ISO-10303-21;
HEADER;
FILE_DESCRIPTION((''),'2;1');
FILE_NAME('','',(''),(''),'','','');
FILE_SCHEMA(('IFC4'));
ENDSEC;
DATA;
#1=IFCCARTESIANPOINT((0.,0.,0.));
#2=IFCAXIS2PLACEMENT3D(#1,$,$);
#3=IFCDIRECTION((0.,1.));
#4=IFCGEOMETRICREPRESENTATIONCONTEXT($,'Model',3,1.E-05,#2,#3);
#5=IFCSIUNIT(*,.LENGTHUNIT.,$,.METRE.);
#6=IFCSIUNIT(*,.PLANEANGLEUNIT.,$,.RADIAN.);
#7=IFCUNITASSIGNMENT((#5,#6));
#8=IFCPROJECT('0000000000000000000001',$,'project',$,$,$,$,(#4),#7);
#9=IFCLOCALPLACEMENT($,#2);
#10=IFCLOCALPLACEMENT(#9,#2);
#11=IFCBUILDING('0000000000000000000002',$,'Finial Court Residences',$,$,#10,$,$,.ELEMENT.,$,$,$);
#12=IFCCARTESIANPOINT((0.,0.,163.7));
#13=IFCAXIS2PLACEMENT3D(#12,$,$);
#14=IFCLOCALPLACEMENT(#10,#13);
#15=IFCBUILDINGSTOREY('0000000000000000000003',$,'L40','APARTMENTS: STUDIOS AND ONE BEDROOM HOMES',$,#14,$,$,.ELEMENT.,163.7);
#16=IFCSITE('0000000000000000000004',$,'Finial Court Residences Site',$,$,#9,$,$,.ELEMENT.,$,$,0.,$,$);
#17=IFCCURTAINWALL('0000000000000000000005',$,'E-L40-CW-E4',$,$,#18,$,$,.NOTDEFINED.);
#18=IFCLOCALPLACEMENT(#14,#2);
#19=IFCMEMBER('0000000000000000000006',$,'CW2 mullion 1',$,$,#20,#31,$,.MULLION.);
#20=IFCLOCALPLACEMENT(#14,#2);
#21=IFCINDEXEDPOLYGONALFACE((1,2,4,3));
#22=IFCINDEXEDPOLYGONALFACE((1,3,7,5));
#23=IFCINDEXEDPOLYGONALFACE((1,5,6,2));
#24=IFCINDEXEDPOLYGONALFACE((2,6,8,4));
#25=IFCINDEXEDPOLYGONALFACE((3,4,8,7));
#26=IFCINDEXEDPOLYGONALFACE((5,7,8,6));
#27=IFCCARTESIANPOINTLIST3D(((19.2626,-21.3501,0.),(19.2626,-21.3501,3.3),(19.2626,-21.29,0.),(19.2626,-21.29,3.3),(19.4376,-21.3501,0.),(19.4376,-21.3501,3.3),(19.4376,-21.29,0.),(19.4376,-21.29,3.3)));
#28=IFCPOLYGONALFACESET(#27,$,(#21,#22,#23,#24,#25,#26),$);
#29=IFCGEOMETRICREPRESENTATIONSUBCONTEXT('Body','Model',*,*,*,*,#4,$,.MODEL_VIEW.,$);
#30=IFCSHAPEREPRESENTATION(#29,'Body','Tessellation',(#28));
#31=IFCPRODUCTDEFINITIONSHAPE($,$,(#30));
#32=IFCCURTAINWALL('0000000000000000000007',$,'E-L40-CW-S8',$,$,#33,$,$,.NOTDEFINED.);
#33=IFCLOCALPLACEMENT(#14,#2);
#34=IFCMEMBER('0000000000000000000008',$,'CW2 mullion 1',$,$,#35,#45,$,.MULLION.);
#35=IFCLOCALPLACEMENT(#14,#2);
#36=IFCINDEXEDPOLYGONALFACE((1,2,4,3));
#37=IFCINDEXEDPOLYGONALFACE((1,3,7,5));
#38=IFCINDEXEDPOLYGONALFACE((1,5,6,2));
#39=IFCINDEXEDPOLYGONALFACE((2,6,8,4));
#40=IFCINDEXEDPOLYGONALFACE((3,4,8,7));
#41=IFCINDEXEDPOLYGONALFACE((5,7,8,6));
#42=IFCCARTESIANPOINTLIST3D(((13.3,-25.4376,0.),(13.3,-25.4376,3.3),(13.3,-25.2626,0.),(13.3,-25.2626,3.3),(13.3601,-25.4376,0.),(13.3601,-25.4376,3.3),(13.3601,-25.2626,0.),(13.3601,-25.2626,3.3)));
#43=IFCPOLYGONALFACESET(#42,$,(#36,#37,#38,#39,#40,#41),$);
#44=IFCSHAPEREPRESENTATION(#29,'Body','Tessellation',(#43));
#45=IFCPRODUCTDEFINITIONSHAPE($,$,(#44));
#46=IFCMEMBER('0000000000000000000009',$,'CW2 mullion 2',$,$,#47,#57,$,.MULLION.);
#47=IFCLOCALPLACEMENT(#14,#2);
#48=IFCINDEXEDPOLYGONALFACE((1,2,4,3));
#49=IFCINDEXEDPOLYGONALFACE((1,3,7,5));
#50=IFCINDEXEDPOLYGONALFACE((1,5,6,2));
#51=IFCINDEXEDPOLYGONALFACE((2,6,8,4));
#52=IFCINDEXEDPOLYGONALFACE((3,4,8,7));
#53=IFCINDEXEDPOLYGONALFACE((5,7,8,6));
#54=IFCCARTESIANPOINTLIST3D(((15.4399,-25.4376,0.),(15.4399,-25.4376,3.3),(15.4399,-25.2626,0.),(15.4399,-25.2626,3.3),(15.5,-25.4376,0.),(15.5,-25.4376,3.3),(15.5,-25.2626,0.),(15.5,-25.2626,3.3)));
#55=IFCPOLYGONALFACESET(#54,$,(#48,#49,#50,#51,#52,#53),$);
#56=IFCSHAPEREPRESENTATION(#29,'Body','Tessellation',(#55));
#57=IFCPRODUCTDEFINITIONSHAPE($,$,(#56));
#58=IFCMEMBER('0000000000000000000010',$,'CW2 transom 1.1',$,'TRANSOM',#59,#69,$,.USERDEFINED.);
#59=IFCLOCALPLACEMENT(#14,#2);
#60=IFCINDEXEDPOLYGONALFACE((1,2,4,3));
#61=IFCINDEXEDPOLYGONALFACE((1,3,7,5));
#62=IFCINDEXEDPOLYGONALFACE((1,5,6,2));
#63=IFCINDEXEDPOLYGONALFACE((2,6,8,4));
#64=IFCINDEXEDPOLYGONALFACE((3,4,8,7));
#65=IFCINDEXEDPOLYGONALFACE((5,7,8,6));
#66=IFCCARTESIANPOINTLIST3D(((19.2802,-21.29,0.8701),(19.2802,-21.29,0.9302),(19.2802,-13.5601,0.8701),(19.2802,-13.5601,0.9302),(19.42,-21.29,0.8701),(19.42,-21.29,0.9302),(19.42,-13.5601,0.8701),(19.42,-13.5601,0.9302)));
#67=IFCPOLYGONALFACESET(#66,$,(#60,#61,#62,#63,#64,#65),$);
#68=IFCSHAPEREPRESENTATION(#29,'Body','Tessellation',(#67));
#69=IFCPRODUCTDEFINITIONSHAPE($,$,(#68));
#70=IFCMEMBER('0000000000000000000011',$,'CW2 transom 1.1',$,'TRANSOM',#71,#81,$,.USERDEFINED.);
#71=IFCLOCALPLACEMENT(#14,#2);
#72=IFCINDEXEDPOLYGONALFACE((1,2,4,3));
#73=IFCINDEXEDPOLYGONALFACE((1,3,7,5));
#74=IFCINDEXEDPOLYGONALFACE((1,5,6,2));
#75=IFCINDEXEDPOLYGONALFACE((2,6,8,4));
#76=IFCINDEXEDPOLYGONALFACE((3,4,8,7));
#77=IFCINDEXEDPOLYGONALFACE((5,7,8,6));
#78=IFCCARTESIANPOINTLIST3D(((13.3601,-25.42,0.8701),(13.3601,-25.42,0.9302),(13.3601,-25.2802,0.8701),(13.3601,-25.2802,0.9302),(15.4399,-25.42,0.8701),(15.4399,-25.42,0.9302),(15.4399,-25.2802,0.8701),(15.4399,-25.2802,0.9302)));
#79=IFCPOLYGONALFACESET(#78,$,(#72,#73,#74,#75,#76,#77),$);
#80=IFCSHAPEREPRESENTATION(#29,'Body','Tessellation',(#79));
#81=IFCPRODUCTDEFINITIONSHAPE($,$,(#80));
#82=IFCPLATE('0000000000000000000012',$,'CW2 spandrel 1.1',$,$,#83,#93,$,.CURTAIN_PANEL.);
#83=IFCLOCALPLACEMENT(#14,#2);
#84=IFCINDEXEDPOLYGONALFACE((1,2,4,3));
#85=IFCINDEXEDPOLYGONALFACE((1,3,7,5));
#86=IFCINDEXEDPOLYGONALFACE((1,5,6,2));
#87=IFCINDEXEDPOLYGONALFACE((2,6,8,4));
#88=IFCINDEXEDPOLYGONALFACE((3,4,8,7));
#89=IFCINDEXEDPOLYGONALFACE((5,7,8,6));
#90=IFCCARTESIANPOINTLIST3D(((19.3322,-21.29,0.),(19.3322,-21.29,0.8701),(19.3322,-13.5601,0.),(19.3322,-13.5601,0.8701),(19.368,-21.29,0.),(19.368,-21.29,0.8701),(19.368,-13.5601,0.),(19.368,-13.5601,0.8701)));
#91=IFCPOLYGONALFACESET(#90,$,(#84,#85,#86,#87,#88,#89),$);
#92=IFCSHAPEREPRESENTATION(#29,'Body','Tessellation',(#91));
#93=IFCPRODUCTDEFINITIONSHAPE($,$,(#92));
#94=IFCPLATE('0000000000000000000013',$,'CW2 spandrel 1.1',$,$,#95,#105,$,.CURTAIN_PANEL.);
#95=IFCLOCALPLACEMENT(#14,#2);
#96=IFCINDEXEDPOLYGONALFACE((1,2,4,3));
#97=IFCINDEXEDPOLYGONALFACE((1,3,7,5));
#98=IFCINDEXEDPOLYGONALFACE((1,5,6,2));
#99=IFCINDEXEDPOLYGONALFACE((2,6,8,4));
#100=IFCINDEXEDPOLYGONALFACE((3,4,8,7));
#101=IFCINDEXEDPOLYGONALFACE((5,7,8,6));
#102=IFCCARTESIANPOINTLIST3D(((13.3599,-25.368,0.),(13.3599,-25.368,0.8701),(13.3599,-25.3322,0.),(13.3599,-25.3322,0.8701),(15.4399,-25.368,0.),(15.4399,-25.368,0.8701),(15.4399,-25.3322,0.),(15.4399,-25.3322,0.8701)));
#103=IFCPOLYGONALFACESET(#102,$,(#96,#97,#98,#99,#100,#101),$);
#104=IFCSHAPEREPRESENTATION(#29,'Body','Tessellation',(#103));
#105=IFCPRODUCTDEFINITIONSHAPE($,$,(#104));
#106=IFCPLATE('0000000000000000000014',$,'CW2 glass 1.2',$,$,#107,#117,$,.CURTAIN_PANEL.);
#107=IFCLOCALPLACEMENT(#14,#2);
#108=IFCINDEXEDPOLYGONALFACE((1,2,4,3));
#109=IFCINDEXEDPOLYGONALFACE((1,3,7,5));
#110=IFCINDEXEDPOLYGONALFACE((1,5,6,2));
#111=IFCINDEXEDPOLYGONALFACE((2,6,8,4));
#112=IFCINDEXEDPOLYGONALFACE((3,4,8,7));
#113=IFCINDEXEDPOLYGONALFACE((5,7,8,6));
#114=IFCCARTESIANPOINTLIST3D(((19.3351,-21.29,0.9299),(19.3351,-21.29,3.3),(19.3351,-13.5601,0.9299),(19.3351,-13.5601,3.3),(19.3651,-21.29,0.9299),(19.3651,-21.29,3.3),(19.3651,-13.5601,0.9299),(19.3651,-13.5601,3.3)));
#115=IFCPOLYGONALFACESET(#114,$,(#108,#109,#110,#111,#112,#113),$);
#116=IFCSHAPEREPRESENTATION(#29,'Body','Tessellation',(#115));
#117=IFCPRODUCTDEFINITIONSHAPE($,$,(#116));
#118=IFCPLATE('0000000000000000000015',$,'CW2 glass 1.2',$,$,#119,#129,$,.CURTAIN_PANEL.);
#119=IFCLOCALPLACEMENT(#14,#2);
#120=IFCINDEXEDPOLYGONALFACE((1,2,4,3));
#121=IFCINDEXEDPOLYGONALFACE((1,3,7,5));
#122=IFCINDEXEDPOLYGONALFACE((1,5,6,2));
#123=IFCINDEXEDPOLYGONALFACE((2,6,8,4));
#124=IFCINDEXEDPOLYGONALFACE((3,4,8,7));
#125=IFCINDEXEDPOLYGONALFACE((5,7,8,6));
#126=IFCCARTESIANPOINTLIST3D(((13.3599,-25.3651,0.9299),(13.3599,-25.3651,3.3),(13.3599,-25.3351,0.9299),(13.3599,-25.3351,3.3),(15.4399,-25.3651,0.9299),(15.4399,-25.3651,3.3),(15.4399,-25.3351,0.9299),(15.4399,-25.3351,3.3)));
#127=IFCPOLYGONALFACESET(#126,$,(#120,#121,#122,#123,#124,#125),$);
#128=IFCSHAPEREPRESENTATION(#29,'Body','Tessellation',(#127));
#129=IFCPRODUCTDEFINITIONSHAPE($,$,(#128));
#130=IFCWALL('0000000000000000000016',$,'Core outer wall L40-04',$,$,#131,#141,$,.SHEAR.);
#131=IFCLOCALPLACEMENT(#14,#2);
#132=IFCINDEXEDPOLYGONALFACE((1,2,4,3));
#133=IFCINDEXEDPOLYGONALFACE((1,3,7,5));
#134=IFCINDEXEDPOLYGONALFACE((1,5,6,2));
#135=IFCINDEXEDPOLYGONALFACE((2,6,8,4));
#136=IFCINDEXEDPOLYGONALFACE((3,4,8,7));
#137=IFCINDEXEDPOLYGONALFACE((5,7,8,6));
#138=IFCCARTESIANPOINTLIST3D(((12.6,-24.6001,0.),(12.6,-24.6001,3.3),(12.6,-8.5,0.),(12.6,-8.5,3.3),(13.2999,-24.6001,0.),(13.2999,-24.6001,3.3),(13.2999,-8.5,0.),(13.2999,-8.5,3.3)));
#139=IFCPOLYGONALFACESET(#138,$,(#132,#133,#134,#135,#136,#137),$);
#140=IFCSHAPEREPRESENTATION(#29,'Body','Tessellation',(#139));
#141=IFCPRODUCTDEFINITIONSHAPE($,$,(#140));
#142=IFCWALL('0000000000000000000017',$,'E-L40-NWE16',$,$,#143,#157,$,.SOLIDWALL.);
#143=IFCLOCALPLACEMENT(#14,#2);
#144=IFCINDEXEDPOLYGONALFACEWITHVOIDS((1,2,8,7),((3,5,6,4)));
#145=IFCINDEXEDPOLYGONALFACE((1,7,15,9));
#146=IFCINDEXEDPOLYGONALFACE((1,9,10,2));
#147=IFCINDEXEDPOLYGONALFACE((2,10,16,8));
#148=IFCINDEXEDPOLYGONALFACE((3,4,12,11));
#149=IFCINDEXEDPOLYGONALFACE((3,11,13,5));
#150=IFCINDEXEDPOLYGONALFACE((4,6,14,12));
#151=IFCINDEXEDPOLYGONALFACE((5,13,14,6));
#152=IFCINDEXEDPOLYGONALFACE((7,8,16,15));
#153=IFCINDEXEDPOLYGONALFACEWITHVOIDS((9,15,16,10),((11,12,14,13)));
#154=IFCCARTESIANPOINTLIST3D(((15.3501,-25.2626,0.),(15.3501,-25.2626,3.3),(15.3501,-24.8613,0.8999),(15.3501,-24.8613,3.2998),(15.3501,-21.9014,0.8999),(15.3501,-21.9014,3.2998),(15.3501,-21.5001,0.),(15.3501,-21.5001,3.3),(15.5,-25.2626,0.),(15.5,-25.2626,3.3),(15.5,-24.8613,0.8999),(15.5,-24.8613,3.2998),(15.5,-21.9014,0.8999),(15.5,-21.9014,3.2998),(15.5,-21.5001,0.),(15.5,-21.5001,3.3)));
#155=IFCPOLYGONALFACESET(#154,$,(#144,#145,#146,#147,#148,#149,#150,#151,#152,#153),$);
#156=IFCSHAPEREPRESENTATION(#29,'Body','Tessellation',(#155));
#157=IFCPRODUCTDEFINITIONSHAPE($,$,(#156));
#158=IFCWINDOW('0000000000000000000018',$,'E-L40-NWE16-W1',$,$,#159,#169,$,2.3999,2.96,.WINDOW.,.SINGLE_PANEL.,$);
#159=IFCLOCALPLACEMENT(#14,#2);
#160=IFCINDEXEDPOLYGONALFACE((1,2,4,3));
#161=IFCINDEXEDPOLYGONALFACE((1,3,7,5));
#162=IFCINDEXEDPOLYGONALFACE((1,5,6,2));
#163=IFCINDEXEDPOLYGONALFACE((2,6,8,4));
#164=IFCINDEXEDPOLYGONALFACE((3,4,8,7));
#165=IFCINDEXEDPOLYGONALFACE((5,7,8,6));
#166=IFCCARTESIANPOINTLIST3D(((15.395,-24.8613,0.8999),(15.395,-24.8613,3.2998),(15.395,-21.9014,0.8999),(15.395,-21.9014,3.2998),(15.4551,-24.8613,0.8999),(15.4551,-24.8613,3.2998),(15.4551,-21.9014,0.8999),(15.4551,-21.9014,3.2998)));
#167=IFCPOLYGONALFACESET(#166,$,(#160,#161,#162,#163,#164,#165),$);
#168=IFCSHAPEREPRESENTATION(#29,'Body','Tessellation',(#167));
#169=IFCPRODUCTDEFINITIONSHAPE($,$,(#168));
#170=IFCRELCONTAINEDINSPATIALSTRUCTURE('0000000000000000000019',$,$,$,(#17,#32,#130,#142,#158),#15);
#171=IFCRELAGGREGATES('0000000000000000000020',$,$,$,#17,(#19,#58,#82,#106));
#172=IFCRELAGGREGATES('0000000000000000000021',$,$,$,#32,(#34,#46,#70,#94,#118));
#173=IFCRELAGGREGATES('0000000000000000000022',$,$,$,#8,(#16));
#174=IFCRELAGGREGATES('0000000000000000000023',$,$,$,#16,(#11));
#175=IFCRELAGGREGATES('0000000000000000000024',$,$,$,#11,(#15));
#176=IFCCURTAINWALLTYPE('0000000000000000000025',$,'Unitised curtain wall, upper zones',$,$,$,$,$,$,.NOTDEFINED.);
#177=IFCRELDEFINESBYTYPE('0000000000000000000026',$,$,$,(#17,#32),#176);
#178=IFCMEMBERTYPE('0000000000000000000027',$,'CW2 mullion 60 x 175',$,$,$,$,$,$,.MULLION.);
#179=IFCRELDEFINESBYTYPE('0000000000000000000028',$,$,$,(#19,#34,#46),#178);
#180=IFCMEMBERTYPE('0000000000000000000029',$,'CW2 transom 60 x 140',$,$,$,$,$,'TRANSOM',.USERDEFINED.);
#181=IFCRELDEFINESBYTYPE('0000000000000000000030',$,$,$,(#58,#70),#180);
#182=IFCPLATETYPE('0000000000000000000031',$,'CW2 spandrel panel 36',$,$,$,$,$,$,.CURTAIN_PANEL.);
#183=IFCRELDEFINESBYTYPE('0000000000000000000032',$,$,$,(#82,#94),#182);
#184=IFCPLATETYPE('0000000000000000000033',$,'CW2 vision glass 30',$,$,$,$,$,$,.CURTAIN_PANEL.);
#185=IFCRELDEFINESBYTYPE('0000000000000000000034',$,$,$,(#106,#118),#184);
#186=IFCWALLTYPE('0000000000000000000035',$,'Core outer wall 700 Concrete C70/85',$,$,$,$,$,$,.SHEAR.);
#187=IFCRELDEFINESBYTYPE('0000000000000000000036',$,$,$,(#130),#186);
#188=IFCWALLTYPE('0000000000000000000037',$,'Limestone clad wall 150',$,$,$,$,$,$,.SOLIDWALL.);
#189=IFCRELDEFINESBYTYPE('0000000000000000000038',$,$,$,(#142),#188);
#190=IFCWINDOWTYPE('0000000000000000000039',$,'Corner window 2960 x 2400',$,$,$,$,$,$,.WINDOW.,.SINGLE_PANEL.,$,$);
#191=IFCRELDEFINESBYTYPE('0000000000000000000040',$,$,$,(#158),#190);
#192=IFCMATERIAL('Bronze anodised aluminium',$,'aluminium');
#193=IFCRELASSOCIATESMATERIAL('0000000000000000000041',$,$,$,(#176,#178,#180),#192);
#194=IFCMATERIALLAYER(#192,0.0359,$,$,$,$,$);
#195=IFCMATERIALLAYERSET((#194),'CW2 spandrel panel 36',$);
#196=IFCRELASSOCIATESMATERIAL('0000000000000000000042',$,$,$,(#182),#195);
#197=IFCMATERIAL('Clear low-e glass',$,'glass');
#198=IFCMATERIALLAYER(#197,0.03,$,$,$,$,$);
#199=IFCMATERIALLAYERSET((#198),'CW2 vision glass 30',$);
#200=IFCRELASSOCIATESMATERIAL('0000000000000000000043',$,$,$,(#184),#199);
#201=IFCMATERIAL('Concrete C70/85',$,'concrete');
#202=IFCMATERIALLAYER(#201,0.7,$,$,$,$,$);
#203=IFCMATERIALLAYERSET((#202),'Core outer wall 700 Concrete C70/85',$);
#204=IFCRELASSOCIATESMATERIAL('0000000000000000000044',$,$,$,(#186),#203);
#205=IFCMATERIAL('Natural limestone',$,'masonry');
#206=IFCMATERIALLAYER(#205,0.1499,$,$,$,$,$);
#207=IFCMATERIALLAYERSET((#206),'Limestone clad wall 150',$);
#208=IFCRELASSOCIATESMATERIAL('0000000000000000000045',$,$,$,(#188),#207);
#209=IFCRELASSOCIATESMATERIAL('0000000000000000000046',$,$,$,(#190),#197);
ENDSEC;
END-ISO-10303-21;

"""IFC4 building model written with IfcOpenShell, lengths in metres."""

from ifc_helpers import new_model, si_unit, direction, frame, frame_2d, origin, origin_2d, place, context, subcontext, project, spatial, rectangle, extrude, material, layer, layer_set, material_profile, profile_set, type_object, element, fill, aggregate, save


model = new_model("IFC4")

# Units and contexts
model_context = context("Model", 3, precision=1e-05, world=origin(), true_north=direction((0.0, 1.0)))
body_context = subcontext(model_context, "Body", "Model", "MODEL_VIEW")
ifc_project = project(units=[si_unit("LENGTHUNIT", "METRE"), si_unit("PLANEANGLEUNIT", "RADIAN")], contexts=[model_context])

# Site, building, storey
site_placement = place(None, origin())
site = spatial("IfcSite", under=ifc_project, at=site_placement, Name="Finial Court Residences Site", CompositionType="ELEMENT", RefElevation=0.0)
building_placement = place(site_placement, origin())
building = spatial("IfcBuilding", under=site, at=building_placement, Name="Finial Court Residences", CompositionType="ELEMENT")
storey_placement = place(building_placement, frame((0.0, 0.0, 163.7)))
storey = spatial("IfcBuildingStorey", under=building, at=storey_placement, Name="L40", Description="APARTMENTS: STUDIOS AND ONE BEDROOM HOMES", CompositionType="ELEMENT", Elevation=163.7)

# Curtain wall, member
ifc_material_1 = material(Name="Bronze anodised aluminium", Category="aluminium")
curtain_wall_type = type_object("IfcCurtainWallType", Name="Unitised curtain wall, upper zones", PredefinedType="NOTDEFINED", material=ifc_material_1)
curtain_wall_1_placement = place(storey_placement, origin())
curtain_wall_1 = element("IfcCurtainWall", 1, at=curtain_wall_1_placement, inside=storey, type_object=curtain_wall_type, Name="E-L40-CW-E4", PredefinedType="NOTDEFINED")
ifc_material_profile_1 = material_profile(ifc_material_1, rectangle(XDim=0.175, YDim=0.0601, at=origin_2d()), Name="CW2 mullion 60 x 175")
ifc_profile_set_1 = profile_set([ifc_material_profile_1], Name="Bronze anodised aluminium")
member_type_1 = type_object("IfcMemberType", Name="CW2 mullion 60 x 175", PredefinedType="MULLION", material=ifc_profile_set_1)
member_1_placement = place(storey_placement, frame((19.3501, -21.3201, 0.0), z_axis=(0.0, 0.0, 1.0), x_axis=(-1.0, 0.0, 0.0)))
member_1 = element("IfcMember", 2, at=member_1_placement, type_object=member_type_1, Name="CW2 mullion 1", PredefinedType="MULLION", context=body_context, shape_type="SweptSolid", body=[
    extrude(rectangle(XDim=0.175, YDim=0.0601, at=origin_2d()), origin(), (0.0, 0.0, 1.0), 3.3),
])

# Curtain wall, members
curtain_wall_2_placement = place(storey_placement, origin())
curtain_wall_2 = element("IfcCurtainWall", 3, at=curtain_wall_2_placement, inside=storey, type_object=curtain_wall_type, Name="E-L40-CW-S8", PredefinedType="NOTDEFINED")
member_2_placement = place(storey_placement, frame((13.3301, -25.3501, 0.0), z_axis=(0.0, 0.0, 1.0), x_axis=(0.0, 1.0, 0.0)))
member_2 = element("IfcMember", 4, at=member_2_placement, type_object=member_type_1, Name="CW2 mullion 1", PredefinedType="MULLION", context=body_context, shape_type="SweptSolid", body=[
    extrude(rectangle(XDim=0.175, YDim=0.0601, at=origin_2d()), origin(), (0.0, 0.0, 1.0), 3.3),
])
member_3_placement = place(storey_placement, frame((15.47, -25.3501, 0.0), z_axis=(0.0, 0.0, 1.0), x_axis=(0.0, 1.0, 0.0)))
member_3 = element("IfcMember", 5, at=member_3_placement, type_object=member_type_1, Name="CW2 mullion 2", PredefinedType="MULLION", context=body_context, shape_type="SweptSolid", body=[
    extrude(rectangle(XDim=0.175, YDim=0.0601, at=origin_2d()), origin(), (0.0, 0.0, 1.0), 3.3),
])

# Members
ifc_material_profile_2 = material_profile(ifc_material_1, rectangle(XDim=0.1399, YDim=0.0601, at=origin_2d()), Name="CW2 transom 60 x 140")
ifc_profile_set_2 = profile_set([ifc_material_profile_2], Name="Bronze anodised aluminium")
member_type_2 = type_object("IfcMemberType", Name="CW2 transom 60 x 140", ElementType="TRANSOM", PredefinedType="USERDEFINED", material=ifc_profile_set_2)
member_4_placement = place(storey_placement, frame((19.3501, -21.29, 0.9001), z_axis=(0.0, 1.0, 0.0), x_axis=(-1.0, 0.0, 0.0)))
member_4 = element("IfcMember", 6, at=member_4_placement, type_object=member_type_2, Name="CW2 transom 1.1", ObjectType="TRANSOM", PredefinedType="USERDEFINED", context=body_context, shape_type="SweptSolid", body=[
    extrude(rectangle(XDim=0.1399, YDim=0.0601, at=origin_2d()), origin(), (0.0, 0.0, 1.0), 7.73),
])
member_5_placement = place(storey_placement, frame((13.3601, -25.3501, 0.9001), z_axis=(1.0, 0.0, 0.0), x_axis=(0.0, 1.0, 0.0)))
member_5 = element("IfcMember", 7, at=member_5_placement, type_object=member_type_2, Name="CW2 transom 1.1", ObjectType="TRANSOM", PredefinedType="USERDEFINED", context=body_context, shape_type="SweptSolid", body=[
    extrude(rectangle(XDim=0.1399, YDim=0.0601, at=origin_2d()), origin(), (0.0, 0.0, 1.0), 2.0798),
])

# Plates
ifc_layer_1 = layer(ifc_material_1, 0.0359)
ifc_layer_set_1 = layer_set([ifc_layer_1], Name="CW2 spandrel panel 36")
plate_type_1 = type_object("IfcPlateType", Name="CW2 spandrel panel 36", PredefinedType="CURTAIN_PANEL", material=ifc_layer_set_1)
plate_1_placement = place(storey_placement, frame((19.3501, -17.425, 0.0), z_axis=(0.0, 0.0, 1.0), x_axis=(0.0, 1.0, 0.0)))
plate_1 = element("IfcPlate", 8, at=plate_1_placement, type_object=plate_type_1, Name="CW2 spandrel 1.1", PredefinedType="CURTAIN_PANEL", context=body_context, shape_type="SweptSolid", body=[
    extrude(rectangle(XDim=7.73, YDim=0.0359, at=origin_2d()), origin(), (0.0, 0.0, 1.0), 0.8701),
])
plate_2_placement = place(storey_placement, frame((14.3999, -25.3501, 0.0), z_axis=(0.0, 0.0, 1.0), x_axis=(1.0, 0.0, 0.0)))
plate_2 = element("IfcPlate", 9, at=plate_2_placement, type_object=plate_type_1, Name="CW2 spandrel 1.1", PredefinedType="CURTAIN_PANEL", context=body_context, shape_type="SweptSolid", body=[
    extrude(rectangle(XDim=2.0801, YDim=0.0359, at=origin_2d()), origin(), (0.0, 0.0, 1.0), 0.8701),
])
ifc_material_2 = material(Name="Clear low-e glass", Category="glass")
ifc_layer_2 = layer(ifc_material_2, 0.03)
ifc_layer_set_2 = layer_set([ifc_layer_2], Name="CW2 vision glass 30")
plate_type_2 = type_object("IfcPlateType", Name="CW2 vision glass 30", PredefinedType="CURTAIN_PANEL", material=ifc_layer_set_2)
plate_3_placement = place(storey_placement, frame((19.3501, -17.425, 0.9299), z_axis=(0.0, 0.0, 1.0), x_axis=(0.0, 1.0, 0.0)))
plate_3 = element("IfcPlate", 10, at=plate_3_placement, type_object=plate_type_2, Name="CW2 glass 1.2", PredefinedType="CURTAIN_PANEL", context=body_context, shape_type="SweptSolid", body=[
    extrude(rectangle(XDim=7.73, YDim=0.03, at=origin_2d()), origin(), (0.0, 0.0, 1.0), 2.3701),
])
aggregate(curtain_wall_1, [member_1, member_4, plate_1, plate_3])
plate_4_placement = place(storey_placement, frame((14.3999, -25.3501, 0.9299), z_axis=(0.0, 0.0, 1.0), x_axis=(1.0, 0.0, 0.0)))
plate_4 = element("IfcPlate", 11, at=plate_4_placement, type_object=plate_type_2, Name="CW2 glass 1.2", PredefinedType="CURTAIN_PANEL", context=body_context, shape_type="SweptSolid", body=[
    extrude(rectangle(XDim=2.0801, YDim=0.03, at=origin_2d()), origin(), (0.0, 0.0, 1.0), 2.3701),
])
aggregate(curtain_wall_2, [member_2, member_3, member_5, plate_2, plate_4])

# Wall
ifc_material_3 = material(Name="Concrete C70/85", Category="concrete")
ifc_layer_3 = layer(ifc_material_3, 0.7)
ifc_layer_set_3 = layer_set([ifc_layer_3], Name="Core outer wall 700 Concrete C70/85")
wall_type_1 = type_object("IfcWallType", Name="Core outer wall 700 Concrete C70/85", PredefinedType="SHEAR", material=ifc_layer_set_3)
wall_1_placement = place(storey_placement, frame((12.95, -24.6001, 0.0), z_axis=(0.0, 0.0, 1.0), x_axis=(0.0, 1.0, 0.0)))
element("IfcWall", 12, at=wall_1_placement, inside=storey, type_object=wall_type_1, Name="Core outer wall L40-04", PredefinedType="SHEAR", context=body_context, shape_type="SweptSolid", body=[
    extrude(rectangle(XDim=16.1001, YDim=0.7, at=frame_2d((8.05, 0.0))), origin(), (0.0, 0.0, 1.0), 3.3),
])

# Wall, opening, window
ifc_material_4 = material(Name="Natural limestone", Category="masonry")
ifc_layer_4 = layer(ifc_material_4, 0.1499)
ifc_layer_set_4 = layer_set([ifc_layer_4], Name="Limestone clad wall 150")
wall_type_2 = type_object("IfcWallType", Name="Limestone clad wall 150", PredefinedType="SOLIDWALL", material=ifc_layer_set_4)
wall_2_placement = place(storey_placement, frame((15.425, -21.5, 0.0), z_axis=(0.0, 0.0, 1.0), x_axis=(0.0, -1.0, 0.0)))
wall_2 = element("IfcWall", 13, at=wall_2_placement, inside=storey, type_object=wall_type_2, Name="E-L40-NWE16", PredefinedType="SOLIDWALL", context=body_context, shape_type="SweptSolid", body=[
    extrude(rectangle(XDim=3.7625, YDim=0.1499, at=frame_2d((1.8813, 0.0))), origin(), (0.0, 0.0, 1.0), 3.3),
])
opening_1_placement = place(wall_2_placement, frame((0.4014, 0.0, 0.8999)))
opening_1 = element("IfcOpeningElement", 14, at=opening_1_placement, cuts=wall_2, PredefinedType="OPENING", context=body_context, shape_type="SweptSolid", body=[
    extrude(rectangle(XDim=2.96, YDim=2.3999, at=frame_2d((1.48, 1.2))), frame((0.0, 0.085, 0.0), z_axis=(0.0, -1.0, 0.0), x_axis=(1.0, 0.0, 0.0)), (0.0, 0.0, 1.0), 0.1699),
])
window_type_1 = type_object("IfcWindowType", Name="Corner window 2960 x 2400", PartitioningType="SINGLE_PANEL", PredefinedType="WINDOW", material=ifc_material_2)
window_1_placement = place(opening_1_placement, origin())
window_1 = element("IfcWindow", 15, at=window_1_placement, inside=storey, type_object=window_type_1, Name="E-L40-NWE16-W1", OverallHeight=2.3999, OverallWidth=2.96, PartitioningType="SINGLE_PANEL", PredefinedType="WINDOW", context=body_context, shape_type="SweptSolid", body=[
    extrude(rectangle(XDim=2.96, YDim=2.3999, at=frame_2d((1.48, 1.2))), frame((0.0, 0.03, 0.0), z_axis=(0.0, -1.0, 0.0), x_axis=(1.0, 0.0, 0.0)), (0.0, 0.0, 1.0), 0.0601),
])
fill(opening_1, window_1)

save(model, "model.ifc")
